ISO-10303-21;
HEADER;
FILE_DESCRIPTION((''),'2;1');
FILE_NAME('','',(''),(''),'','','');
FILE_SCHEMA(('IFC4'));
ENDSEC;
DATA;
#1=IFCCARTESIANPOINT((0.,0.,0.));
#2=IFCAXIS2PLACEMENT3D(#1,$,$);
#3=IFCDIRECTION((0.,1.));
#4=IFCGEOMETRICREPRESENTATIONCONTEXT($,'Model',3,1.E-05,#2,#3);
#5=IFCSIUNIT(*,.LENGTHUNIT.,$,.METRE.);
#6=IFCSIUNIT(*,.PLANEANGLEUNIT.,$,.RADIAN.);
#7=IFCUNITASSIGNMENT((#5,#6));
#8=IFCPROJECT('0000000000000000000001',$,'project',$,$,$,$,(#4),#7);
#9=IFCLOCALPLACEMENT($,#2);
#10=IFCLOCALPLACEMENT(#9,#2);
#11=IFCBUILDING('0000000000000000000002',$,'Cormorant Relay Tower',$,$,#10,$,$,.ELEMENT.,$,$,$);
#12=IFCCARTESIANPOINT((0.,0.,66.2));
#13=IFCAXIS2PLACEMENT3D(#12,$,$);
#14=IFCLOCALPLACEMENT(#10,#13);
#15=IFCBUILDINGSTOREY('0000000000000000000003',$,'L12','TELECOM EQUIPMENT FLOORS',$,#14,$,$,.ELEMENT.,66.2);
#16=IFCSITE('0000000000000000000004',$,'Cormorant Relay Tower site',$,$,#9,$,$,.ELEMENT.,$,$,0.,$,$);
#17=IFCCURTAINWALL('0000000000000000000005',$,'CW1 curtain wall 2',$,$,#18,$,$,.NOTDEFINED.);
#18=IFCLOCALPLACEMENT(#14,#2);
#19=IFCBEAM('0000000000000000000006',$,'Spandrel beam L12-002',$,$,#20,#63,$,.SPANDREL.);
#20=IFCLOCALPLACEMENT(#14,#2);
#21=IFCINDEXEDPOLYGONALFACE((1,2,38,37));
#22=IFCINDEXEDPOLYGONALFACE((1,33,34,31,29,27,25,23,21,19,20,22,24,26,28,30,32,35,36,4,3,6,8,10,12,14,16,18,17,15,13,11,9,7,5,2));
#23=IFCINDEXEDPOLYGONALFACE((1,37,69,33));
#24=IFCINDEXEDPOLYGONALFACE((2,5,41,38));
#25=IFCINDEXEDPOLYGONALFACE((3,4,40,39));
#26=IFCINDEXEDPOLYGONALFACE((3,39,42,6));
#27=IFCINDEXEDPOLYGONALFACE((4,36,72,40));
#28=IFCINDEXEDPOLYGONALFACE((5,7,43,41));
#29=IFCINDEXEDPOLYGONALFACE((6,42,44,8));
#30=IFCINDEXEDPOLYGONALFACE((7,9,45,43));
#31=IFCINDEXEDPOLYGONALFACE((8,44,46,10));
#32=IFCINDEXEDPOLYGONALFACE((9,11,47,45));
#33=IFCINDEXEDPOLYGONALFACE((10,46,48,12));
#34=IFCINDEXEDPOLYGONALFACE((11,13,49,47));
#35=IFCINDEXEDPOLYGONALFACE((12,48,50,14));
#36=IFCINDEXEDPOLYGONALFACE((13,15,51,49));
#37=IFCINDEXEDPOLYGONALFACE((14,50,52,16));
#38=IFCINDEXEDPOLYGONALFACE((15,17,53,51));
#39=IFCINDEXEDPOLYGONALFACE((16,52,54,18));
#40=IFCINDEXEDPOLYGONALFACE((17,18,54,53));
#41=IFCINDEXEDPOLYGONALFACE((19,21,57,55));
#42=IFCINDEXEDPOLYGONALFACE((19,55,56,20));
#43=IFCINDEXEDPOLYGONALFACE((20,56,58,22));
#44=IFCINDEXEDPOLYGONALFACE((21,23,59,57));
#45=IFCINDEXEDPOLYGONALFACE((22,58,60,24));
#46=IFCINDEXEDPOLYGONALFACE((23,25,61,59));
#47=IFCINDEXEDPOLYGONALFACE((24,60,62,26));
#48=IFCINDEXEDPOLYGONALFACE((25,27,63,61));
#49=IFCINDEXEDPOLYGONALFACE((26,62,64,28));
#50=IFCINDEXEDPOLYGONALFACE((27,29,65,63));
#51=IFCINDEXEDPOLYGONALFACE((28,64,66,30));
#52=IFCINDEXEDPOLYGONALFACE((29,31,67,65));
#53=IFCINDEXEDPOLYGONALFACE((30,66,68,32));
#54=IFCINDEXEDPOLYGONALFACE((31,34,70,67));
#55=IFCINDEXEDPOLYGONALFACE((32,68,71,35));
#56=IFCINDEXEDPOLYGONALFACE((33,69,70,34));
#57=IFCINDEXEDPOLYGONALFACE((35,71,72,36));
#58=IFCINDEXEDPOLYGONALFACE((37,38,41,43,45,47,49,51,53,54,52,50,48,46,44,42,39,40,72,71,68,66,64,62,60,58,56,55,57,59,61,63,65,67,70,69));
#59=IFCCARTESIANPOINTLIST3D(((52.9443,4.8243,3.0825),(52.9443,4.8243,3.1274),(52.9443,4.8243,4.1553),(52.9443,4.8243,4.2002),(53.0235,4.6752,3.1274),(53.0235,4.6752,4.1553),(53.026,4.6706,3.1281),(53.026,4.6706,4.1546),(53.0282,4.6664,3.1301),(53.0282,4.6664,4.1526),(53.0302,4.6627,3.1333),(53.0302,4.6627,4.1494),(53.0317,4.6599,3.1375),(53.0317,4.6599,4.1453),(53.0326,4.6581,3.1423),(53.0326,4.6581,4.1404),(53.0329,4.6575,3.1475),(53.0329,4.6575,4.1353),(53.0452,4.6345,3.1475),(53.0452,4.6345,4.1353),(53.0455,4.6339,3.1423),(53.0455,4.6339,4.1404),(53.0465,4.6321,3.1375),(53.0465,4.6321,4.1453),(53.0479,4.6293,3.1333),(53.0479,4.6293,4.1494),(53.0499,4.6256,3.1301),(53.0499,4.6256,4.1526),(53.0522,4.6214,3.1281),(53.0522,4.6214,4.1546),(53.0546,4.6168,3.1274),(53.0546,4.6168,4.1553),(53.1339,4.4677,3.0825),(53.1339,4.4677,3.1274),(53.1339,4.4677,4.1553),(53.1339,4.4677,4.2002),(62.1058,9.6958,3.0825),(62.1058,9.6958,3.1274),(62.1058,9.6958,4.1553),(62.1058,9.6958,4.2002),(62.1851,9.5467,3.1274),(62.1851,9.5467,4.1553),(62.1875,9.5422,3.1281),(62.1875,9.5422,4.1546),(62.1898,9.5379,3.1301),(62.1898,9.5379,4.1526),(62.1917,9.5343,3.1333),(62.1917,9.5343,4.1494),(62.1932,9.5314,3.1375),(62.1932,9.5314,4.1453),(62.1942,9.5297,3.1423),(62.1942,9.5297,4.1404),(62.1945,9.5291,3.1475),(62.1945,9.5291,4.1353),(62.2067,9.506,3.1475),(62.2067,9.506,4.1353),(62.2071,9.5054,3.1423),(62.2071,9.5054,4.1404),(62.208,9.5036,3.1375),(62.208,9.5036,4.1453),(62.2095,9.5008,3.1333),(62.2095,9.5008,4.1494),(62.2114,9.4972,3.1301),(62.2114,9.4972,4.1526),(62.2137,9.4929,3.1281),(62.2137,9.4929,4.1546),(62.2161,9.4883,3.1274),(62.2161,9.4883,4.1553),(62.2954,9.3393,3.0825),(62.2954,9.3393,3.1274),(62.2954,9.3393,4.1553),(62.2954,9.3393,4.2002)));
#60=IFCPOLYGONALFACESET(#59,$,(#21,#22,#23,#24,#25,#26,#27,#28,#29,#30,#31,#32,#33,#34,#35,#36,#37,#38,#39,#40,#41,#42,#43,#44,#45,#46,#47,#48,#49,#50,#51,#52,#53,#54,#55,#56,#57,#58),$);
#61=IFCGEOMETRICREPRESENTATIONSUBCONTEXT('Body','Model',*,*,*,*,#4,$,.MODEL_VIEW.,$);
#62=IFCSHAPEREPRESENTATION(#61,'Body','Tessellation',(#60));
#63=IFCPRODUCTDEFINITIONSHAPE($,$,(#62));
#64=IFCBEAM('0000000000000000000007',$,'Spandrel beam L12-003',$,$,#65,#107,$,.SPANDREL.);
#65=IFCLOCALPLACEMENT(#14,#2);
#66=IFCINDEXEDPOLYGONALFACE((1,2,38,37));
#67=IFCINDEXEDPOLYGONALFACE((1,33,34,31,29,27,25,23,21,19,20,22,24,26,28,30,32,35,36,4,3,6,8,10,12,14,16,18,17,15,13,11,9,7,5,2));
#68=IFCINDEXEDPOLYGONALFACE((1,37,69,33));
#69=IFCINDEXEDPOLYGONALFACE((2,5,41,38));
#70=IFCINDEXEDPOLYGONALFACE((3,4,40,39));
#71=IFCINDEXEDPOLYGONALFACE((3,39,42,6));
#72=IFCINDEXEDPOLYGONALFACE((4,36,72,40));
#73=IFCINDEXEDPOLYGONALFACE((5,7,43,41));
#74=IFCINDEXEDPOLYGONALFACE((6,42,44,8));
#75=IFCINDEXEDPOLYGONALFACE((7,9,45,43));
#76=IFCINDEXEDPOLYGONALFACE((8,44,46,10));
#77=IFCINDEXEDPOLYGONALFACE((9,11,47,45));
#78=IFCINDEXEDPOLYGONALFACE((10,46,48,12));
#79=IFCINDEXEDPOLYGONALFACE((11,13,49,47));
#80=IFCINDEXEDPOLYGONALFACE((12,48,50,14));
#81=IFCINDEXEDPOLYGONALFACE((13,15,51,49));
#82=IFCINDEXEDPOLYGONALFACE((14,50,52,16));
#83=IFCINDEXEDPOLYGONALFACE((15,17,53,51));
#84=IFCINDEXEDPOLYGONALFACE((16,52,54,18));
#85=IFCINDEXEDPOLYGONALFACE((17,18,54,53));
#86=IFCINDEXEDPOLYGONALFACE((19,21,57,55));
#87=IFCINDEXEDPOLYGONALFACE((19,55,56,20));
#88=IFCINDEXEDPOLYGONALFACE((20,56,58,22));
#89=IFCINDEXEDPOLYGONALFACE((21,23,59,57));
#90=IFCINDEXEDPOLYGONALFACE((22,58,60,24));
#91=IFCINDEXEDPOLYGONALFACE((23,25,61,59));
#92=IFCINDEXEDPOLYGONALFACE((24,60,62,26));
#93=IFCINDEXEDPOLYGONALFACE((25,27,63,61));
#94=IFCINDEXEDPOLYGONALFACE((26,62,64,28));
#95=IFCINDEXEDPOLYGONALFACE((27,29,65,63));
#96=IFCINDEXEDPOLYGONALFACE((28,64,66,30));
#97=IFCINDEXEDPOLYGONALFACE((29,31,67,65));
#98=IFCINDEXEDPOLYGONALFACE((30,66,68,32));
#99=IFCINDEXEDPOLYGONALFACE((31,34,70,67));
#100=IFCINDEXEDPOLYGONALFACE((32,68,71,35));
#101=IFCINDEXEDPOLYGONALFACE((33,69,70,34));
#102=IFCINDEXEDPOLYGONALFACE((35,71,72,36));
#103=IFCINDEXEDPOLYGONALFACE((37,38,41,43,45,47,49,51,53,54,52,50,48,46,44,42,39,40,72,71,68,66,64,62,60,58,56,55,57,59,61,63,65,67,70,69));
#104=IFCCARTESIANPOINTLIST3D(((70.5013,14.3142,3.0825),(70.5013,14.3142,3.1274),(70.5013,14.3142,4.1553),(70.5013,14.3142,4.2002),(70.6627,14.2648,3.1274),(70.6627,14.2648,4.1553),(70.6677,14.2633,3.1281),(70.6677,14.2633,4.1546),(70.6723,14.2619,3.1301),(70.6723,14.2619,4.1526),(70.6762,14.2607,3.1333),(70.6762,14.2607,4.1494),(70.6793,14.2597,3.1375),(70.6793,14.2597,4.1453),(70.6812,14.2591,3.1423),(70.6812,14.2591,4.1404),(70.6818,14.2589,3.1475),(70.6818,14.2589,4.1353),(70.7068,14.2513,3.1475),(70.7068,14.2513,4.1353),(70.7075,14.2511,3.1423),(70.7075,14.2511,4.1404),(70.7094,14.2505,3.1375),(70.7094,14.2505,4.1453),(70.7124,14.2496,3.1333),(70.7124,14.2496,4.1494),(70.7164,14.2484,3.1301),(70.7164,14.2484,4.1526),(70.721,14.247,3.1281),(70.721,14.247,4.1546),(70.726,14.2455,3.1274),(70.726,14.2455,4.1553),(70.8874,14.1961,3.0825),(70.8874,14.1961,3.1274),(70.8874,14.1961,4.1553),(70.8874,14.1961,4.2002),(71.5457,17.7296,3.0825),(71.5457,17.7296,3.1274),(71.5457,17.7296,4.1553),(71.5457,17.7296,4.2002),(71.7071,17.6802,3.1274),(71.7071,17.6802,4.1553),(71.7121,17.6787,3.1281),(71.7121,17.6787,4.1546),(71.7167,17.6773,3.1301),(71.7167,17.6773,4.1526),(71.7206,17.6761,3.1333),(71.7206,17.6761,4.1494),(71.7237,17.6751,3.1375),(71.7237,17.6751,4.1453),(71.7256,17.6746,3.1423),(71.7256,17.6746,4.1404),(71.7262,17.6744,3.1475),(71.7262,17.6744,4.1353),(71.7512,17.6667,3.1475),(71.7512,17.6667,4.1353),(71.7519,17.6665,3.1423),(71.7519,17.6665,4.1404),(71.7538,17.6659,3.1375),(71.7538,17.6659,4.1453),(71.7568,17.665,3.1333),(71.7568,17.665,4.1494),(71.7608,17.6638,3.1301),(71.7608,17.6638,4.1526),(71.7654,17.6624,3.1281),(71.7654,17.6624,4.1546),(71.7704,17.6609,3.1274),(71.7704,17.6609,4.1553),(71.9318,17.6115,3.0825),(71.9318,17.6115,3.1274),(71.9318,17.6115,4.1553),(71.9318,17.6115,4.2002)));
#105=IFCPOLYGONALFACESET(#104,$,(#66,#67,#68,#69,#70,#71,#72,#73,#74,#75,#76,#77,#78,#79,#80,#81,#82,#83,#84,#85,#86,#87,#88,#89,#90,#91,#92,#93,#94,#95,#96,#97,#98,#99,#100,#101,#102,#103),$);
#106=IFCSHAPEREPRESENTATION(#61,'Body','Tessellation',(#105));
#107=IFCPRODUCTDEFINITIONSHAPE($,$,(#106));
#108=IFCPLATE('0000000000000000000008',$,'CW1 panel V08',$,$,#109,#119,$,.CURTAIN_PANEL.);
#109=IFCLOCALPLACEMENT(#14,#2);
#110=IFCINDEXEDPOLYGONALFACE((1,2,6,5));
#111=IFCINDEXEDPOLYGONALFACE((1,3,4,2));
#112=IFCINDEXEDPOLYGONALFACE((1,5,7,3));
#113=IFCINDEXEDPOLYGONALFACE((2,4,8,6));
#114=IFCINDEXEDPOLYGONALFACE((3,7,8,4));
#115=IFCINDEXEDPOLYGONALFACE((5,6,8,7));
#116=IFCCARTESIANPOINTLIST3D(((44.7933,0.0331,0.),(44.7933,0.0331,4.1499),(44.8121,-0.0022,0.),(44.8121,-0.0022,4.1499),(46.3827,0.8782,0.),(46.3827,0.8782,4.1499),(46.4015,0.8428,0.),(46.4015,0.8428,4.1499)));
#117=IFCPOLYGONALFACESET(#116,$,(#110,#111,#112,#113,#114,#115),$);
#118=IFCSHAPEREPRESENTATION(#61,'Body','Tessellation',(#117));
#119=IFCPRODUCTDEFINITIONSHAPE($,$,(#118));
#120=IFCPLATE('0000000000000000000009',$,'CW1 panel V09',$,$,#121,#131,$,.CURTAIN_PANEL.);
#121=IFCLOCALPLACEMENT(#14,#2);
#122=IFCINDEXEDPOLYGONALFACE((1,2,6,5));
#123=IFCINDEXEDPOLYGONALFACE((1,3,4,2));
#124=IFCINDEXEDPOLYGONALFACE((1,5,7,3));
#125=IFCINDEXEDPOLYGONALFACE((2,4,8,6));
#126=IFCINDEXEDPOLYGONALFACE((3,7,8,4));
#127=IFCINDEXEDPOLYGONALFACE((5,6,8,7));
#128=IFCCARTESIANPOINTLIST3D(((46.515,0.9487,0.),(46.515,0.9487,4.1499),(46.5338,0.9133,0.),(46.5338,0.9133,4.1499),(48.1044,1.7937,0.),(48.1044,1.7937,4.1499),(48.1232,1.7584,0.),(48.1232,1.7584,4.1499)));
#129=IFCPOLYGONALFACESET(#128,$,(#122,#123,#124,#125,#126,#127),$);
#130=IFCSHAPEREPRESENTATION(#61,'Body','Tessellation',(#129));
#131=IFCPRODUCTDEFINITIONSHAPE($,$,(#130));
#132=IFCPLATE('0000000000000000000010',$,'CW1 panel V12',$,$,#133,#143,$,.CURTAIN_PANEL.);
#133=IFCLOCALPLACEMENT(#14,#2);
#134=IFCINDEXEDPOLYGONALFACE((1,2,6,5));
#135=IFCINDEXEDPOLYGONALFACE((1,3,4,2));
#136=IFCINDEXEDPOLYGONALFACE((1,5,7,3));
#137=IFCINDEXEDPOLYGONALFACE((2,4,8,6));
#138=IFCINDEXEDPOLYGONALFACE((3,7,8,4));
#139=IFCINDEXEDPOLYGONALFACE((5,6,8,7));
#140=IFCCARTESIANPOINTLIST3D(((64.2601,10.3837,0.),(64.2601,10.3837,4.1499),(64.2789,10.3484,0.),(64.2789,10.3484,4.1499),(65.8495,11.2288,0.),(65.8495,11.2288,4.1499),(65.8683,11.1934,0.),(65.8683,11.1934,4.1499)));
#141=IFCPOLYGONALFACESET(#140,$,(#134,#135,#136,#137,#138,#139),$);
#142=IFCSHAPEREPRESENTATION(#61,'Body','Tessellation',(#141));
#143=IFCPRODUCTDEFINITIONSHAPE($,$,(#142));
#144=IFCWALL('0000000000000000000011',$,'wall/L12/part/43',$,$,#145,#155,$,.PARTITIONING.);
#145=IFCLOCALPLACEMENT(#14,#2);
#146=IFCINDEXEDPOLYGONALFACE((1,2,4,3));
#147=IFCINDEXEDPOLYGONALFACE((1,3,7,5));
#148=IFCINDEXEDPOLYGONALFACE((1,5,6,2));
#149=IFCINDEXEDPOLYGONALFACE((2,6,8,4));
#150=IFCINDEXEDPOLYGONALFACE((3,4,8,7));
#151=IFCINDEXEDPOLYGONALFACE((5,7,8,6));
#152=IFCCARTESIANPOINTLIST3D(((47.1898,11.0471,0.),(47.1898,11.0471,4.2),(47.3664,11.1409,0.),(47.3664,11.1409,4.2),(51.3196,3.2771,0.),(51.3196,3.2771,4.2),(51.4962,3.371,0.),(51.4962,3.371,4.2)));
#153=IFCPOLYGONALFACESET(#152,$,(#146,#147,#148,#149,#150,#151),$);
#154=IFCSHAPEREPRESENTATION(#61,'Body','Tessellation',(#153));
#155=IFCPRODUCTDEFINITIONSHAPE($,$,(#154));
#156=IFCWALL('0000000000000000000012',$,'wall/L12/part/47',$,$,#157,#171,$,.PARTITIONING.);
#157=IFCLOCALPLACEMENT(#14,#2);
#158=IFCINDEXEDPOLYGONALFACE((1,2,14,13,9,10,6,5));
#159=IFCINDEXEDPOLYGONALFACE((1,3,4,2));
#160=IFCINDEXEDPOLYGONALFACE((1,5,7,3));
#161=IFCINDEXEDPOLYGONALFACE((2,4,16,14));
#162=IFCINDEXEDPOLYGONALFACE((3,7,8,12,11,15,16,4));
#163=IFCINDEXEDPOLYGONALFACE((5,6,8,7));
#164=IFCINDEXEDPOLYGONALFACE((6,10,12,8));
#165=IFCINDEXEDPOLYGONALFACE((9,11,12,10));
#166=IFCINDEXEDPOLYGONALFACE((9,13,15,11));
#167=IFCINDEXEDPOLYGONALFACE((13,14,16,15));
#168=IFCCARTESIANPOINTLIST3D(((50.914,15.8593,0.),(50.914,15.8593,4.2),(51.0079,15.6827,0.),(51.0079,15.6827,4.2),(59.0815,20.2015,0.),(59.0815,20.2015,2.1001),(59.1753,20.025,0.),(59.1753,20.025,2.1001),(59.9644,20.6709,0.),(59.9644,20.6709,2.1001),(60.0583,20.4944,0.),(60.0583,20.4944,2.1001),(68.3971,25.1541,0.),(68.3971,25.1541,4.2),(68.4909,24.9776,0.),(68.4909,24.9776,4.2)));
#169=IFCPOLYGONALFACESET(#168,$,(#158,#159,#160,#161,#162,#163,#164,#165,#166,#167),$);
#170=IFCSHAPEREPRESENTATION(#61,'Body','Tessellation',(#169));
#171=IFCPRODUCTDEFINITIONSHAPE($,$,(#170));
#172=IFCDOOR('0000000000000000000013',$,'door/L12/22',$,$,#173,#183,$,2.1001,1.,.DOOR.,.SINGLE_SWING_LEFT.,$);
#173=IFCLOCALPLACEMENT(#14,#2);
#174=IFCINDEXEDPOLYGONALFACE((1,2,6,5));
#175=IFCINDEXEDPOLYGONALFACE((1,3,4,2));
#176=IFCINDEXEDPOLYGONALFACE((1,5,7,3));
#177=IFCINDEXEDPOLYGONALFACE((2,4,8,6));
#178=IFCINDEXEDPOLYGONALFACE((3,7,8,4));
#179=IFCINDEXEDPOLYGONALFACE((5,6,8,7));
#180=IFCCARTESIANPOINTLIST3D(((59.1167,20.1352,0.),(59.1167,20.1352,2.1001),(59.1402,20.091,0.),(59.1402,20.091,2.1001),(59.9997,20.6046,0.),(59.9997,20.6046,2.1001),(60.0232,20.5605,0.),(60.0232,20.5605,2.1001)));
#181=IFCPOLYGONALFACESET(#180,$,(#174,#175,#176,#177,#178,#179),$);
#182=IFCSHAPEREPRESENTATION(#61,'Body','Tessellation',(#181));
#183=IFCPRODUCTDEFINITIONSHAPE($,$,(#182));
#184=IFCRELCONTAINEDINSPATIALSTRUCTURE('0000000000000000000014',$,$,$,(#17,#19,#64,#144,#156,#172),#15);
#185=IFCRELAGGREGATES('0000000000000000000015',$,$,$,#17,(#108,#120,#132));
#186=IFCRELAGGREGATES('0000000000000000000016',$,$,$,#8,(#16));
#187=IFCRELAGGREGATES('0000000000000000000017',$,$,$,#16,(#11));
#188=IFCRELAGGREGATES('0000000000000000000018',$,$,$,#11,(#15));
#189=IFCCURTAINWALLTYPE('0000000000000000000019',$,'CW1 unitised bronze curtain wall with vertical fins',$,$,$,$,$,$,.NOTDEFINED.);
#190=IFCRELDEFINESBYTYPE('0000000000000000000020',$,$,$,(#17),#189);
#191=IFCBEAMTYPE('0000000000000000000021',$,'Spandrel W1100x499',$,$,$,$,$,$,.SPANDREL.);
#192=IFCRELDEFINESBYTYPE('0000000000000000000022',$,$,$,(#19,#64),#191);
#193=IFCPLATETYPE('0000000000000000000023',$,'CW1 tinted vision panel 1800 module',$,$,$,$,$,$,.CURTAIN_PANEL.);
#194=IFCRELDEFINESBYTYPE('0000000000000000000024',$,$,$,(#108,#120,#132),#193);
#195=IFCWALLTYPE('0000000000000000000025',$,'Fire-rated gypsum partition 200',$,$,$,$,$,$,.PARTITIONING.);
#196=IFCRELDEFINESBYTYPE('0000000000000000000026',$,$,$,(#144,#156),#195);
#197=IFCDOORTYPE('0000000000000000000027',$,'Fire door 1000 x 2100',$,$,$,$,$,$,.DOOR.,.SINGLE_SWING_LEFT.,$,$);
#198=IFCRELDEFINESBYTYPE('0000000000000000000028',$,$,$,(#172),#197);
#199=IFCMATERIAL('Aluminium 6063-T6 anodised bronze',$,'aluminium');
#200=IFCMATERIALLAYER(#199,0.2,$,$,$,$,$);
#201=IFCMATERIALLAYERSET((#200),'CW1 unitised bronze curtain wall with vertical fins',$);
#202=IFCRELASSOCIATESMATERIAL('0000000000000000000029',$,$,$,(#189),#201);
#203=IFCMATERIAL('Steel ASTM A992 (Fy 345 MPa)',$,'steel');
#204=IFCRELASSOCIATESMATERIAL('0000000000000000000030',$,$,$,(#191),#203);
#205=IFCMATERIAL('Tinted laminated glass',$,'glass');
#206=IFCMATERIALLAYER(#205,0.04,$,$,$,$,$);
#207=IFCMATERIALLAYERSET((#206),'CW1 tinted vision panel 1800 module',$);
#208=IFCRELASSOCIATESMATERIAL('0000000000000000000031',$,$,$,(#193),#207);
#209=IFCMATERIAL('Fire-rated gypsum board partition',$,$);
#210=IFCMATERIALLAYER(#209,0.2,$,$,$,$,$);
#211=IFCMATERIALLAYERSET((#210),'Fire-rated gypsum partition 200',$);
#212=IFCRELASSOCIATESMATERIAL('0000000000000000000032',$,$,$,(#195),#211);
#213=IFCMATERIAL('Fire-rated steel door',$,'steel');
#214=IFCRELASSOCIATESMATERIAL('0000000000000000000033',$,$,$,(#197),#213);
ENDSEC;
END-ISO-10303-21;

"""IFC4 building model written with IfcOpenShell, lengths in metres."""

from ifc_helpers import new_model, si_unit, direction, frame, frame_2d, origin, origin_2d, place, context, subcontext, project, spatial, rectangle, i_section, extrude, material, layer, layer_set, material_profile, profile_set, type_object, element, fill, aggregate, save


model = new_model("IFC4")

# Units and contexts
model_context = context("Model", 3, precision=1e-05, world=origin(), true_north=direction((0.0, 1.0)))
body_context = subcontext(model_context, "Body", "Model", "MODEL_VIEW")
ifc_project = project(units=[si_unit("LENGTHUNIT", "METRE"), si_unit("PLANEANGLEUNIT", "RADIAN")], contexts=[model_context])

# Site, building, storey
site_placement = place(None, origin())
site = spatial("IfcSite", under=ifc_project, at=site_placement, Name="Cormorant Relay Tower site", CompositionType="ELEMENT", RefElevation=0.0)
building_placement = place(site_placement, origin())
building = spatial("IfcBuilding", under=site, at=building_placement, Name="Cormorant Relay Tower", CompositionType="ELEMENT")
storey_placement = place(building_placement, frame((0.0, 0.0, 66.2)))
storey = spatial("IfcBuildingStorey", under=building, at=storey_placement, Name="L12", Description="TELECOM EQUIPMENT FLOORS", CompositionType="ELEMENT", Elevation=66.2)

# Curtain wall
ifc_material_1 = material(Name="Aluminium 6063-T6 anodised bronze", Category="aluminium")
ifc_layer_1 = layer(ifc_material_1, 0.2)
ifc_layer_set_1 = layer_set([ifc_layer_1], Name="CW1 unitised bronze curtain wall with vertical fins")
curtain_wall_type = type_object("IfcCurtainWallType", Name="CW1 unitised bronze curtain wall with vertical fins", PredefinedType="NOTDEFINED", material=ifc_layer_set_1)
curtain_wall_1_placement = place(storey_placement, origin())
curtain_wall_1 = element("IfcCurtainWall", 1, at=curtain_wall_1_placement, inside=storey, type_object=curtain_wall_type, Name="CW1 curtain wall 2", PredefinedType="NOTDEFINED")

# Beams
ifc_material_2 = material(Name="Steel ASTM A992 (Fy 345 MPa)", Category="steel")
ifc_material_profile_1 = material_profile(ifc_material_2, i_section(OverallWidth=0.4038, OverallDepth=1.1177, WebThickness=0.0261, FlangeThickness=0.0449, FilletRadius=0.02, at=origin_2d()), Name="W1100x499")
ifc_profile_set_1 = profile_set([ifc_material_profile_1], Name="Steel ASTM A992 (Fy 345 MPa)")
beam_type = type_object("IfcBeamType", Name="Spandrel W1100x499", PredefinedType="SPANDREL", material=ifc_profile_set_1)
beam_1_placement = place(storey_placement, frame((53.0391, 4.646, 3.6414), z_axis=(0.882937, 0.469491, 0.0), x_axis=(-0.469491, 0.882937, 0.0)))
element("IfcBeam", 2, at=beam_1_placement, inside=storey, type_object=beam_type, Name="Spandrel beam L12-002", PredefinedType="SPANDREL", context=body_context, shape_type="SweptSolid", body=[
    extrude(i_section(OverallWidth=0.4038, OverallDepth=1.1177, WebThickness=0.0261, FlangeThickness=0.0449, FilletRadius=0.02, at=origin_2d()), origin(), (0.0, 0.0, 1.0), 10.3762),
])
beam_2_placement = place(storey_placement, frame((70.6943, 14.2551, 3.6414), z_axis=(0.292423, 0.956289, 0.0), x_axis=(-0.956289, 0.292423, 0.0)))
element("IfcBeam", 3, at=beam_2_placement, inside=storey, type_object=beam_type, Name="Spandrel beam L12-003", PredefinedType="SPANDREL", context=body_context, shape_type="SweptSolid", body=[
    extrude(i_section(OverallWidth=0.4038, OverallDepth=1.1177, WebThickness=0.0261, FlangeThickness=0.0449, FilletRadius=0.02, at=origin_2d()), origin(), (0.0, 0.0, 1.0), 3.5715),
])

# Plates
ifc_material_3 = material(Name="Tinted laminated glass", Category="glass")
ifc_layer_2 = layer(ifc_material_3, 0.04)
ifc_layer_set_2 = layer_set([ifc_layer_2], Name="CW1 tinted vision panel 1800 module")
plate_type = type_object("IfcPlateType", Name="CW1 tinted vision panel 1800 module", PredefinedType="CURTAIN_PANEL", material=ifc_layer_set_2)
plate_1_placement = place(storey_placement, frame((45.5974, 0.438, 0.0), z_axis=(0.0, 0.0, 1.0), x_axis=(0.882948, 0.469472, 0.0)))
plate_1 = element("IfcPlate", 4, at=plate_1_placement, type_object=plate_type, Name="CW1 panel V08", PredefinedType="CURTAIN_PANEL", context=body_context, shape_type="SweptSolid", body=[
    extrude(rectangle(XDim=1.8, YDim=0.04, at=origin_2d()), origin(), (0.0, 0.0, 1.0), 4.1499),
])
plate_2_placement = place(storey_placement, frame((47.3191, 1.3535, 0.0), z_axis=(0.0, 0.0, 1.0), x_axis=(0.882948, 0.469472, 0.0)))
plate_2 = element("IfcPlate", 5, at=plate_2_placement, type_object=plate_type, Name="CW1 panel V09", PredefinedType="CURTAIN_PANEL", context=body_context, shape_type="SweptSolid", body=[
    extrude(rectangle(XDim=1.8, YDim=0.04, at=origin_2d()), origin(), (0.0, 0.0, 1.0), 4.1499),
])
plate_3_placement = place(storey_placement, frame((65.0642, 10.7886, 0.0), z_axis=(0.0, 0.0, 1.0), x_axis=(0.882948, 0.469472, 0.0)))
plate_3 = element("IfcPlate", 6, at=plate_3_placement, type_object=plate_type, Name="CW1 panel V12", PredefinedType="CURTAIN_PANEL", context=body_context, shape_type="SweptSolid", body=[
    extrude(rectangle(XDim=1.8, YDim=0.04, at=origin_2d()), origin(), (0.0, 0.0, 1.0), 4.1499),
])

# Wall
ifc_material_4 = material(Name="Fire-rated gypsum board partition")
ifc_layer_3 = layer(ifc_material_4, 0.2)
ifc_layer_set_3 = layer_set([ifc_layer_3], Name="Fire-rated gypsum partition 200")
wall_type_1 = type_object("IfcWallType", Name="Fire-rated gypsum partition 200", PredefinedType="PARTITIONING", material=ifc_layer_set_3)
wall_1_placement = place(storey_placement, frame((47.2781, 11.094, 0.0), z_axis=(0.0, 0.0, 1.0), x_axis=(0.469338, -0.883019, 0.0)))
element("IfcWall", 7, at=wall_1_placement, inside=storey, type_object=wall_type_1, Name="wall/L12/part/43", PredefinedType="PARTITIONING", context=body_context, shape_type="SweptSolid", body=[
    extrude(rectangle(XDim=8.7993, YDim=0.2, at=frame_2d((4.3997, 0.0))), origin(), (0.0, 0.0, 1.0), 4.2),
])

# Wall, opening, door
wall_2_placement = place(storey_placement, frame((50.9609, 15.771, 0.0), z_axis=(0.0, 0.0, 1.0), x_axis=(0.882969, 0.469431, 0.0)))
wall_2 = element("IfcWall", 8, at=wall_2_placement, inside=storey, type_object=wall_type_1, Name="wall/L12/part/47", PredefinedType="PARTITIONING", context=body_context, shape_type="SweptSolid", body=[
    extrude(rectangle(XDim=19.8003, YDim=0.2, at=frame_2d((9.9001, 0.0))), origin(), (0.0, 0.0, 1.0), 4.2),
])
opening_1_placement = place(wall_2_placement, frame((9.25, 0.0, 0.0)))
opening_1 = element("IfcOpeningElement", 9, at=opening_1_placement, cuts=wall_2, PredefinedType="OPENING", context=body_context, shape_type="SweptSolid", body=[
    extrude(rectangle(XDim=1.0, YDim=2.1001, at=frame_2d((0.5, 1.05))), frame((0.0, 0.1099, 0.0), z_axis=(0.0, -1.0, 0.0), x_axis=(1.0, 0.0, 0.0)), (0.0, 0.0, 1.0), 0.22),
])
ifc_material_5 = material(Name="Fire-rated steel door", Category="steel")
door_type_1 = type_object("IfcDoorType", Name="Fire door 1000 x 2100", OperationType="SINGLE_SWING_LEFT", PredefinedType="DOOR", material=ifc_material_5)
door_1_placement = place(opening_1_placement, origin())
door_1 = element("IfcDoor", 10, at=door_1_placement, inside=storey, type_object=door_type_1, Name="door/L12/22", OperationType="SINGLE_SWING_LEFT", OverallHeight=2.1001, OverallWidth=1.0, PredefinedType="DOOR", context=body_context, shape_type="SweptSolid", body=[
    extrude(rectangle(XDim=1.0, YDim=2.1001, at=frame_2d((0.5, 1.05))), frame((0.0, 0.0249, 0.0), z_axis=(0.0, -1.0, 0.0), x_axis=(1.0, 0.0, 0.0)), (0.0, 0.0, 1.0), 0.05),
])
fill(opening_1, door_1)

aggregate(curtain_wall_1, [plate_1, plate_2, plate_3])

save(model, "model.ifc")
